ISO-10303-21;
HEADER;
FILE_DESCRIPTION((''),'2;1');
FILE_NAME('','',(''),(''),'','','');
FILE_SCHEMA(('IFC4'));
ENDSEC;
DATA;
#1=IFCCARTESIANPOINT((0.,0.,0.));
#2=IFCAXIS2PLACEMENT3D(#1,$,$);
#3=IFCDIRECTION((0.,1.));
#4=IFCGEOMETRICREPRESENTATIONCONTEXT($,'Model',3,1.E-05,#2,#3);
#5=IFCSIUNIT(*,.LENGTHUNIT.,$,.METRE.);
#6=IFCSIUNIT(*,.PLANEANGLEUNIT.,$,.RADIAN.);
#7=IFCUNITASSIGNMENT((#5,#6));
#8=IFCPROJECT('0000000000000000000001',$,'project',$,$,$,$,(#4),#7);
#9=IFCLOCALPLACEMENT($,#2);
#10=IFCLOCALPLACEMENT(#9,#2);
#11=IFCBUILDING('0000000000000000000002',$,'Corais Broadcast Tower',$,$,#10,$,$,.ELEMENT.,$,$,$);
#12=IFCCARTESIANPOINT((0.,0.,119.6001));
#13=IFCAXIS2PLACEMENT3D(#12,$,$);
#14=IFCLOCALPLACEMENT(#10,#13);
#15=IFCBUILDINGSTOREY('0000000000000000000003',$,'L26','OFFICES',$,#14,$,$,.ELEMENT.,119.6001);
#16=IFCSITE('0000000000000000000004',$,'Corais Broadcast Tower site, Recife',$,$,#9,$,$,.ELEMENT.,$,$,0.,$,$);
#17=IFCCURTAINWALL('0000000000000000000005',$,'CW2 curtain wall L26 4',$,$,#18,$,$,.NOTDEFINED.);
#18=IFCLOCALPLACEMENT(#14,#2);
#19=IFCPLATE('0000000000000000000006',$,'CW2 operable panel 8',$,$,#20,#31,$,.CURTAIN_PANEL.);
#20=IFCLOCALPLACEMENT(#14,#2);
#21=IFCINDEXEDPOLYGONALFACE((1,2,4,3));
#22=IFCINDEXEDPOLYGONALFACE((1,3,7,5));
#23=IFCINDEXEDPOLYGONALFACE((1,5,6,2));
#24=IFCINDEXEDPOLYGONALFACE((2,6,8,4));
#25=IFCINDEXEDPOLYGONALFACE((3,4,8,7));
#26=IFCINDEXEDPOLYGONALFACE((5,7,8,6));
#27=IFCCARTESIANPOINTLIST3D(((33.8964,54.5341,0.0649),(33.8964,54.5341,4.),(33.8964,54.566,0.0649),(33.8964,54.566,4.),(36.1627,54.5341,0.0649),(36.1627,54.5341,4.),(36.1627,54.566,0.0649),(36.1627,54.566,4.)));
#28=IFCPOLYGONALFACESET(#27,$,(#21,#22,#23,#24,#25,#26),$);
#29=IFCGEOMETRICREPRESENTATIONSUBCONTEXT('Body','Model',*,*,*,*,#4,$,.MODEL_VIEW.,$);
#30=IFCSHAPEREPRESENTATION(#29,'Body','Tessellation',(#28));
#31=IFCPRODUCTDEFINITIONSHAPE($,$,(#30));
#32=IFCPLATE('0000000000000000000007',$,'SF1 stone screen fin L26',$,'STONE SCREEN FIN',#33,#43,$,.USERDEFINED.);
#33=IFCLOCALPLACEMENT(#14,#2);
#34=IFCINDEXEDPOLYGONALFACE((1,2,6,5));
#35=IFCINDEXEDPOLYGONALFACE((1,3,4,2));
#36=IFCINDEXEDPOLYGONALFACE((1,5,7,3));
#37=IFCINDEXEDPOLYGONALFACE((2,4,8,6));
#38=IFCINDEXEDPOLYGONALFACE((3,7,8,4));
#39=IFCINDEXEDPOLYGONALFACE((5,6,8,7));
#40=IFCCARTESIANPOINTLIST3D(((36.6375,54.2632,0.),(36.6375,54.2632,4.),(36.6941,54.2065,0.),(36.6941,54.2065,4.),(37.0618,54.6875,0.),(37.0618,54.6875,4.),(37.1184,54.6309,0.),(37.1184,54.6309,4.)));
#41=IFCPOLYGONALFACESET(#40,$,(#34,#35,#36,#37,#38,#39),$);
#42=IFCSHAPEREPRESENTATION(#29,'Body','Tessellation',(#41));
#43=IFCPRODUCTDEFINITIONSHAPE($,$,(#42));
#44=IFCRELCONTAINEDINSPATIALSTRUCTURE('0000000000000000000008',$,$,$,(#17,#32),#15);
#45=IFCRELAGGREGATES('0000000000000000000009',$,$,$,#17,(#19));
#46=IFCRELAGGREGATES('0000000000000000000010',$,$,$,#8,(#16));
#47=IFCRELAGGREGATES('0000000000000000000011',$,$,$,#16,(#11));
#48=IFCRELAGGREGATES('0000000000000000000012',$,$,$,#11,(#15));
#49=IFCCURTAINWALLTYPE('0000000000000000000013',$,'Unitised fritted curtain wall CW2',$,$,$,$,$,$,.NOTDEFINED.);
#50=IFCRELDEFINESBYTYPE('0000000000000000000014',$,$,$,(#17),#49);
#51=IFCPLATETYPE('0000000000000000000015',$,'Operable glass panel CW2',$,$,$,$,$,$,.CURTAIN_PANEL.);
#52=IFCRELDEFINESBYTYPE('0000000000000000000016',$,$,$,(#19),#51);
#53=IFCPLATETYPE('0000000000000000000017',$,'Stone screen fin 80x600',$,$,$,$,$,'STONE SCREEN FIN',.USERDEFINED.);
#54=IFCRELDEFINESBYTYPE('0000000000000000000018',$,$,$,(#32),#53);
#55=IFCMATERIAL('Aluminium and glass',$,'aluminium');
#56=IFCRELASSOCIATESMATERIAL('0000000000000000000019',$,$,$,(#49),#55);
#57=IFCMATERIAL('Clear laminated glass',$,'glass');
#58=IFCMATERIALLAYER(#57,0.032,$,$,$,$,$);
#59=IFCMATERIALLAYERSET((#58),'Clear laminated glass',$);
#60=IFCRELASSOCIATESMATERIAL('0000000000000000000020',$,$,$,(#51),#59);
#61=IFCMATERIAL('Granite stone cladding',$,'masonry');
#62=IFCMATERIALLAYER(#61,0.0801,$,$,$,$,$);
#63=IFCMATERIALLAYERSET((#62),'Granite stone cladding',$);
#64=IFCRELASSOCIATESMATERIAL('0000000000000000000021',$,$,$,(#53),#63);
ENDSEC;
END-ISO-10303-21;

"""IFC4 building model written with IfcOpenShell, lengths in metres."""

from ifc_helpers import new_model, si_unit, direction, frame, origin, origin_2d, place, context, subcontext, project, spatial, rectangle, extrude, material, layer, layer_set, type_object, element, aggregate, save


model = new_model("IFC4")

# Units and contexts
model_context = context("Model", 3, precision=1e-05, world=origin(), true_north=direction((0.0, 1.0)))
body_context = subcontext(model_context, "Body", "Model", "MODEL_VIEW")
ifc_project = project(units=[si_unit("LENGTHUNIT", "METRE"), si_unit("PLANEANGLEUNIT", "RADIAN")], contexts=[model_context])

# Site, building, storey
site_placement = place(None, origin())
site = spatial("IfcSite", under=ifc_project, at=site_placement, Name="Corais Broadcast Tower site, Recife", CompositionType="ELEMENT", RefElevation=0.0)
building_placement = place(site_placement, origin())
building = spatial("IfcBuilding", under=site, at=building_placement, Name="Corais Broadcast Tower", CompositionType="ELEMENT")
storey_placement = place(building_placement, frame((0.0, 0.0, 119.6001)))
storey = spatial("IfcBuildingStorey", under=building, at=storey_placement, Name="L26", Description="OFFICES", CompositionType="ELEMENT", Elevation=119.6001)

# Curtain wall
ifc_material_1 = material(Name="Aluminium and glass", Category="aluminium")
curtain_wall_type = type_object("IfcCurtainWallType", Name="Unitised fritted curtain wall CW2", PredefinedType="NOTDEFINED", material=ifc_material_1)
curtain_wall_1_placement = place(storey_placement, origin())
curtain_wall_1 = element("IfcCurtainWall", 1, at=curtain_wall_1_placement, inside=storey, type_object=curtain_wall_type, Name="CW2 curtain wall L26 4", PredefinedType="NOTDEFINED")

# Plates
ifc_material_2 = material(Name="Clear laminated glass", Category="glass")
ifc_layer_1 = layer(ifc_material_2, 0.032)
ifc_layer_set_1 = layer_set([ifc_layer_1], Name="Clear laminated glass")
plate_type_1 = type_object("IfcPlateType", Name="Operable glass panel CW2", PredefinedType="CURTAIN_PANEL", material=ifc_layer_set_1)
plate_1_placement = place(storey_placement, frame((35.0295, 54.55, 0.0649), z_axis=(0.0, 0.0, 1.0), x_axis=(1.0, 0.0, 0.0)))
plate_1 = element("IfcPlate", 2, at=plate_1_placement, type_object=plate_type_1, Name="CW2 operable panel 8", PredefinedType="CURTAIN_PANEL", context=body_context, shape_type="SweptSolid", body=[
    extrude(rectangle(XDim=2.2664, YDim=0.032, at=origin_2d()), origin(), (0.0, 0.0, 1.0), 3.9351),
])
aggregate(curtain_wall_1, [plate_1])
ifc_material_3 = material(Name="Granite stone cladding", Category="masonry")
ifc_layer_2 = layer(ifc_material_3, 0.0801)
ifc_layer_set_2 = layer_set([ifc_layer_2], Name="Granite stone cladding")
plate_type_2 = type_object("IfcPlateType", Name="Stone screen fin 80x600", ElementType="STONE SCREEN FIN", PredefinedType="USERDEFINED", material=ifc_layer_set_2)
plate_2_placement = place(storey_placement, frame((36.8779, 54.447, 0.0), z_axis=(0.0, 0.0, 1.0), x_axis=(0.707107, -0.707107, 0.0)))
element("IfcPlate", 3, at=plate_2_placement, inside=storey, type_object=plate_type_2, Name="SF1 stone screen fin L26", ObjectType="STONE SCREEN FIN", PredefinedType="USERDEFINED", context=body_context, shape_type="SweptSolid", body=[
    extrude(rectangle(XDim=0.0801, YDim=0.6001, at=origin_2d()), origin(), (0.0, 0.0, 1.0), 4.0),
])

save(model, "model.ifc")
